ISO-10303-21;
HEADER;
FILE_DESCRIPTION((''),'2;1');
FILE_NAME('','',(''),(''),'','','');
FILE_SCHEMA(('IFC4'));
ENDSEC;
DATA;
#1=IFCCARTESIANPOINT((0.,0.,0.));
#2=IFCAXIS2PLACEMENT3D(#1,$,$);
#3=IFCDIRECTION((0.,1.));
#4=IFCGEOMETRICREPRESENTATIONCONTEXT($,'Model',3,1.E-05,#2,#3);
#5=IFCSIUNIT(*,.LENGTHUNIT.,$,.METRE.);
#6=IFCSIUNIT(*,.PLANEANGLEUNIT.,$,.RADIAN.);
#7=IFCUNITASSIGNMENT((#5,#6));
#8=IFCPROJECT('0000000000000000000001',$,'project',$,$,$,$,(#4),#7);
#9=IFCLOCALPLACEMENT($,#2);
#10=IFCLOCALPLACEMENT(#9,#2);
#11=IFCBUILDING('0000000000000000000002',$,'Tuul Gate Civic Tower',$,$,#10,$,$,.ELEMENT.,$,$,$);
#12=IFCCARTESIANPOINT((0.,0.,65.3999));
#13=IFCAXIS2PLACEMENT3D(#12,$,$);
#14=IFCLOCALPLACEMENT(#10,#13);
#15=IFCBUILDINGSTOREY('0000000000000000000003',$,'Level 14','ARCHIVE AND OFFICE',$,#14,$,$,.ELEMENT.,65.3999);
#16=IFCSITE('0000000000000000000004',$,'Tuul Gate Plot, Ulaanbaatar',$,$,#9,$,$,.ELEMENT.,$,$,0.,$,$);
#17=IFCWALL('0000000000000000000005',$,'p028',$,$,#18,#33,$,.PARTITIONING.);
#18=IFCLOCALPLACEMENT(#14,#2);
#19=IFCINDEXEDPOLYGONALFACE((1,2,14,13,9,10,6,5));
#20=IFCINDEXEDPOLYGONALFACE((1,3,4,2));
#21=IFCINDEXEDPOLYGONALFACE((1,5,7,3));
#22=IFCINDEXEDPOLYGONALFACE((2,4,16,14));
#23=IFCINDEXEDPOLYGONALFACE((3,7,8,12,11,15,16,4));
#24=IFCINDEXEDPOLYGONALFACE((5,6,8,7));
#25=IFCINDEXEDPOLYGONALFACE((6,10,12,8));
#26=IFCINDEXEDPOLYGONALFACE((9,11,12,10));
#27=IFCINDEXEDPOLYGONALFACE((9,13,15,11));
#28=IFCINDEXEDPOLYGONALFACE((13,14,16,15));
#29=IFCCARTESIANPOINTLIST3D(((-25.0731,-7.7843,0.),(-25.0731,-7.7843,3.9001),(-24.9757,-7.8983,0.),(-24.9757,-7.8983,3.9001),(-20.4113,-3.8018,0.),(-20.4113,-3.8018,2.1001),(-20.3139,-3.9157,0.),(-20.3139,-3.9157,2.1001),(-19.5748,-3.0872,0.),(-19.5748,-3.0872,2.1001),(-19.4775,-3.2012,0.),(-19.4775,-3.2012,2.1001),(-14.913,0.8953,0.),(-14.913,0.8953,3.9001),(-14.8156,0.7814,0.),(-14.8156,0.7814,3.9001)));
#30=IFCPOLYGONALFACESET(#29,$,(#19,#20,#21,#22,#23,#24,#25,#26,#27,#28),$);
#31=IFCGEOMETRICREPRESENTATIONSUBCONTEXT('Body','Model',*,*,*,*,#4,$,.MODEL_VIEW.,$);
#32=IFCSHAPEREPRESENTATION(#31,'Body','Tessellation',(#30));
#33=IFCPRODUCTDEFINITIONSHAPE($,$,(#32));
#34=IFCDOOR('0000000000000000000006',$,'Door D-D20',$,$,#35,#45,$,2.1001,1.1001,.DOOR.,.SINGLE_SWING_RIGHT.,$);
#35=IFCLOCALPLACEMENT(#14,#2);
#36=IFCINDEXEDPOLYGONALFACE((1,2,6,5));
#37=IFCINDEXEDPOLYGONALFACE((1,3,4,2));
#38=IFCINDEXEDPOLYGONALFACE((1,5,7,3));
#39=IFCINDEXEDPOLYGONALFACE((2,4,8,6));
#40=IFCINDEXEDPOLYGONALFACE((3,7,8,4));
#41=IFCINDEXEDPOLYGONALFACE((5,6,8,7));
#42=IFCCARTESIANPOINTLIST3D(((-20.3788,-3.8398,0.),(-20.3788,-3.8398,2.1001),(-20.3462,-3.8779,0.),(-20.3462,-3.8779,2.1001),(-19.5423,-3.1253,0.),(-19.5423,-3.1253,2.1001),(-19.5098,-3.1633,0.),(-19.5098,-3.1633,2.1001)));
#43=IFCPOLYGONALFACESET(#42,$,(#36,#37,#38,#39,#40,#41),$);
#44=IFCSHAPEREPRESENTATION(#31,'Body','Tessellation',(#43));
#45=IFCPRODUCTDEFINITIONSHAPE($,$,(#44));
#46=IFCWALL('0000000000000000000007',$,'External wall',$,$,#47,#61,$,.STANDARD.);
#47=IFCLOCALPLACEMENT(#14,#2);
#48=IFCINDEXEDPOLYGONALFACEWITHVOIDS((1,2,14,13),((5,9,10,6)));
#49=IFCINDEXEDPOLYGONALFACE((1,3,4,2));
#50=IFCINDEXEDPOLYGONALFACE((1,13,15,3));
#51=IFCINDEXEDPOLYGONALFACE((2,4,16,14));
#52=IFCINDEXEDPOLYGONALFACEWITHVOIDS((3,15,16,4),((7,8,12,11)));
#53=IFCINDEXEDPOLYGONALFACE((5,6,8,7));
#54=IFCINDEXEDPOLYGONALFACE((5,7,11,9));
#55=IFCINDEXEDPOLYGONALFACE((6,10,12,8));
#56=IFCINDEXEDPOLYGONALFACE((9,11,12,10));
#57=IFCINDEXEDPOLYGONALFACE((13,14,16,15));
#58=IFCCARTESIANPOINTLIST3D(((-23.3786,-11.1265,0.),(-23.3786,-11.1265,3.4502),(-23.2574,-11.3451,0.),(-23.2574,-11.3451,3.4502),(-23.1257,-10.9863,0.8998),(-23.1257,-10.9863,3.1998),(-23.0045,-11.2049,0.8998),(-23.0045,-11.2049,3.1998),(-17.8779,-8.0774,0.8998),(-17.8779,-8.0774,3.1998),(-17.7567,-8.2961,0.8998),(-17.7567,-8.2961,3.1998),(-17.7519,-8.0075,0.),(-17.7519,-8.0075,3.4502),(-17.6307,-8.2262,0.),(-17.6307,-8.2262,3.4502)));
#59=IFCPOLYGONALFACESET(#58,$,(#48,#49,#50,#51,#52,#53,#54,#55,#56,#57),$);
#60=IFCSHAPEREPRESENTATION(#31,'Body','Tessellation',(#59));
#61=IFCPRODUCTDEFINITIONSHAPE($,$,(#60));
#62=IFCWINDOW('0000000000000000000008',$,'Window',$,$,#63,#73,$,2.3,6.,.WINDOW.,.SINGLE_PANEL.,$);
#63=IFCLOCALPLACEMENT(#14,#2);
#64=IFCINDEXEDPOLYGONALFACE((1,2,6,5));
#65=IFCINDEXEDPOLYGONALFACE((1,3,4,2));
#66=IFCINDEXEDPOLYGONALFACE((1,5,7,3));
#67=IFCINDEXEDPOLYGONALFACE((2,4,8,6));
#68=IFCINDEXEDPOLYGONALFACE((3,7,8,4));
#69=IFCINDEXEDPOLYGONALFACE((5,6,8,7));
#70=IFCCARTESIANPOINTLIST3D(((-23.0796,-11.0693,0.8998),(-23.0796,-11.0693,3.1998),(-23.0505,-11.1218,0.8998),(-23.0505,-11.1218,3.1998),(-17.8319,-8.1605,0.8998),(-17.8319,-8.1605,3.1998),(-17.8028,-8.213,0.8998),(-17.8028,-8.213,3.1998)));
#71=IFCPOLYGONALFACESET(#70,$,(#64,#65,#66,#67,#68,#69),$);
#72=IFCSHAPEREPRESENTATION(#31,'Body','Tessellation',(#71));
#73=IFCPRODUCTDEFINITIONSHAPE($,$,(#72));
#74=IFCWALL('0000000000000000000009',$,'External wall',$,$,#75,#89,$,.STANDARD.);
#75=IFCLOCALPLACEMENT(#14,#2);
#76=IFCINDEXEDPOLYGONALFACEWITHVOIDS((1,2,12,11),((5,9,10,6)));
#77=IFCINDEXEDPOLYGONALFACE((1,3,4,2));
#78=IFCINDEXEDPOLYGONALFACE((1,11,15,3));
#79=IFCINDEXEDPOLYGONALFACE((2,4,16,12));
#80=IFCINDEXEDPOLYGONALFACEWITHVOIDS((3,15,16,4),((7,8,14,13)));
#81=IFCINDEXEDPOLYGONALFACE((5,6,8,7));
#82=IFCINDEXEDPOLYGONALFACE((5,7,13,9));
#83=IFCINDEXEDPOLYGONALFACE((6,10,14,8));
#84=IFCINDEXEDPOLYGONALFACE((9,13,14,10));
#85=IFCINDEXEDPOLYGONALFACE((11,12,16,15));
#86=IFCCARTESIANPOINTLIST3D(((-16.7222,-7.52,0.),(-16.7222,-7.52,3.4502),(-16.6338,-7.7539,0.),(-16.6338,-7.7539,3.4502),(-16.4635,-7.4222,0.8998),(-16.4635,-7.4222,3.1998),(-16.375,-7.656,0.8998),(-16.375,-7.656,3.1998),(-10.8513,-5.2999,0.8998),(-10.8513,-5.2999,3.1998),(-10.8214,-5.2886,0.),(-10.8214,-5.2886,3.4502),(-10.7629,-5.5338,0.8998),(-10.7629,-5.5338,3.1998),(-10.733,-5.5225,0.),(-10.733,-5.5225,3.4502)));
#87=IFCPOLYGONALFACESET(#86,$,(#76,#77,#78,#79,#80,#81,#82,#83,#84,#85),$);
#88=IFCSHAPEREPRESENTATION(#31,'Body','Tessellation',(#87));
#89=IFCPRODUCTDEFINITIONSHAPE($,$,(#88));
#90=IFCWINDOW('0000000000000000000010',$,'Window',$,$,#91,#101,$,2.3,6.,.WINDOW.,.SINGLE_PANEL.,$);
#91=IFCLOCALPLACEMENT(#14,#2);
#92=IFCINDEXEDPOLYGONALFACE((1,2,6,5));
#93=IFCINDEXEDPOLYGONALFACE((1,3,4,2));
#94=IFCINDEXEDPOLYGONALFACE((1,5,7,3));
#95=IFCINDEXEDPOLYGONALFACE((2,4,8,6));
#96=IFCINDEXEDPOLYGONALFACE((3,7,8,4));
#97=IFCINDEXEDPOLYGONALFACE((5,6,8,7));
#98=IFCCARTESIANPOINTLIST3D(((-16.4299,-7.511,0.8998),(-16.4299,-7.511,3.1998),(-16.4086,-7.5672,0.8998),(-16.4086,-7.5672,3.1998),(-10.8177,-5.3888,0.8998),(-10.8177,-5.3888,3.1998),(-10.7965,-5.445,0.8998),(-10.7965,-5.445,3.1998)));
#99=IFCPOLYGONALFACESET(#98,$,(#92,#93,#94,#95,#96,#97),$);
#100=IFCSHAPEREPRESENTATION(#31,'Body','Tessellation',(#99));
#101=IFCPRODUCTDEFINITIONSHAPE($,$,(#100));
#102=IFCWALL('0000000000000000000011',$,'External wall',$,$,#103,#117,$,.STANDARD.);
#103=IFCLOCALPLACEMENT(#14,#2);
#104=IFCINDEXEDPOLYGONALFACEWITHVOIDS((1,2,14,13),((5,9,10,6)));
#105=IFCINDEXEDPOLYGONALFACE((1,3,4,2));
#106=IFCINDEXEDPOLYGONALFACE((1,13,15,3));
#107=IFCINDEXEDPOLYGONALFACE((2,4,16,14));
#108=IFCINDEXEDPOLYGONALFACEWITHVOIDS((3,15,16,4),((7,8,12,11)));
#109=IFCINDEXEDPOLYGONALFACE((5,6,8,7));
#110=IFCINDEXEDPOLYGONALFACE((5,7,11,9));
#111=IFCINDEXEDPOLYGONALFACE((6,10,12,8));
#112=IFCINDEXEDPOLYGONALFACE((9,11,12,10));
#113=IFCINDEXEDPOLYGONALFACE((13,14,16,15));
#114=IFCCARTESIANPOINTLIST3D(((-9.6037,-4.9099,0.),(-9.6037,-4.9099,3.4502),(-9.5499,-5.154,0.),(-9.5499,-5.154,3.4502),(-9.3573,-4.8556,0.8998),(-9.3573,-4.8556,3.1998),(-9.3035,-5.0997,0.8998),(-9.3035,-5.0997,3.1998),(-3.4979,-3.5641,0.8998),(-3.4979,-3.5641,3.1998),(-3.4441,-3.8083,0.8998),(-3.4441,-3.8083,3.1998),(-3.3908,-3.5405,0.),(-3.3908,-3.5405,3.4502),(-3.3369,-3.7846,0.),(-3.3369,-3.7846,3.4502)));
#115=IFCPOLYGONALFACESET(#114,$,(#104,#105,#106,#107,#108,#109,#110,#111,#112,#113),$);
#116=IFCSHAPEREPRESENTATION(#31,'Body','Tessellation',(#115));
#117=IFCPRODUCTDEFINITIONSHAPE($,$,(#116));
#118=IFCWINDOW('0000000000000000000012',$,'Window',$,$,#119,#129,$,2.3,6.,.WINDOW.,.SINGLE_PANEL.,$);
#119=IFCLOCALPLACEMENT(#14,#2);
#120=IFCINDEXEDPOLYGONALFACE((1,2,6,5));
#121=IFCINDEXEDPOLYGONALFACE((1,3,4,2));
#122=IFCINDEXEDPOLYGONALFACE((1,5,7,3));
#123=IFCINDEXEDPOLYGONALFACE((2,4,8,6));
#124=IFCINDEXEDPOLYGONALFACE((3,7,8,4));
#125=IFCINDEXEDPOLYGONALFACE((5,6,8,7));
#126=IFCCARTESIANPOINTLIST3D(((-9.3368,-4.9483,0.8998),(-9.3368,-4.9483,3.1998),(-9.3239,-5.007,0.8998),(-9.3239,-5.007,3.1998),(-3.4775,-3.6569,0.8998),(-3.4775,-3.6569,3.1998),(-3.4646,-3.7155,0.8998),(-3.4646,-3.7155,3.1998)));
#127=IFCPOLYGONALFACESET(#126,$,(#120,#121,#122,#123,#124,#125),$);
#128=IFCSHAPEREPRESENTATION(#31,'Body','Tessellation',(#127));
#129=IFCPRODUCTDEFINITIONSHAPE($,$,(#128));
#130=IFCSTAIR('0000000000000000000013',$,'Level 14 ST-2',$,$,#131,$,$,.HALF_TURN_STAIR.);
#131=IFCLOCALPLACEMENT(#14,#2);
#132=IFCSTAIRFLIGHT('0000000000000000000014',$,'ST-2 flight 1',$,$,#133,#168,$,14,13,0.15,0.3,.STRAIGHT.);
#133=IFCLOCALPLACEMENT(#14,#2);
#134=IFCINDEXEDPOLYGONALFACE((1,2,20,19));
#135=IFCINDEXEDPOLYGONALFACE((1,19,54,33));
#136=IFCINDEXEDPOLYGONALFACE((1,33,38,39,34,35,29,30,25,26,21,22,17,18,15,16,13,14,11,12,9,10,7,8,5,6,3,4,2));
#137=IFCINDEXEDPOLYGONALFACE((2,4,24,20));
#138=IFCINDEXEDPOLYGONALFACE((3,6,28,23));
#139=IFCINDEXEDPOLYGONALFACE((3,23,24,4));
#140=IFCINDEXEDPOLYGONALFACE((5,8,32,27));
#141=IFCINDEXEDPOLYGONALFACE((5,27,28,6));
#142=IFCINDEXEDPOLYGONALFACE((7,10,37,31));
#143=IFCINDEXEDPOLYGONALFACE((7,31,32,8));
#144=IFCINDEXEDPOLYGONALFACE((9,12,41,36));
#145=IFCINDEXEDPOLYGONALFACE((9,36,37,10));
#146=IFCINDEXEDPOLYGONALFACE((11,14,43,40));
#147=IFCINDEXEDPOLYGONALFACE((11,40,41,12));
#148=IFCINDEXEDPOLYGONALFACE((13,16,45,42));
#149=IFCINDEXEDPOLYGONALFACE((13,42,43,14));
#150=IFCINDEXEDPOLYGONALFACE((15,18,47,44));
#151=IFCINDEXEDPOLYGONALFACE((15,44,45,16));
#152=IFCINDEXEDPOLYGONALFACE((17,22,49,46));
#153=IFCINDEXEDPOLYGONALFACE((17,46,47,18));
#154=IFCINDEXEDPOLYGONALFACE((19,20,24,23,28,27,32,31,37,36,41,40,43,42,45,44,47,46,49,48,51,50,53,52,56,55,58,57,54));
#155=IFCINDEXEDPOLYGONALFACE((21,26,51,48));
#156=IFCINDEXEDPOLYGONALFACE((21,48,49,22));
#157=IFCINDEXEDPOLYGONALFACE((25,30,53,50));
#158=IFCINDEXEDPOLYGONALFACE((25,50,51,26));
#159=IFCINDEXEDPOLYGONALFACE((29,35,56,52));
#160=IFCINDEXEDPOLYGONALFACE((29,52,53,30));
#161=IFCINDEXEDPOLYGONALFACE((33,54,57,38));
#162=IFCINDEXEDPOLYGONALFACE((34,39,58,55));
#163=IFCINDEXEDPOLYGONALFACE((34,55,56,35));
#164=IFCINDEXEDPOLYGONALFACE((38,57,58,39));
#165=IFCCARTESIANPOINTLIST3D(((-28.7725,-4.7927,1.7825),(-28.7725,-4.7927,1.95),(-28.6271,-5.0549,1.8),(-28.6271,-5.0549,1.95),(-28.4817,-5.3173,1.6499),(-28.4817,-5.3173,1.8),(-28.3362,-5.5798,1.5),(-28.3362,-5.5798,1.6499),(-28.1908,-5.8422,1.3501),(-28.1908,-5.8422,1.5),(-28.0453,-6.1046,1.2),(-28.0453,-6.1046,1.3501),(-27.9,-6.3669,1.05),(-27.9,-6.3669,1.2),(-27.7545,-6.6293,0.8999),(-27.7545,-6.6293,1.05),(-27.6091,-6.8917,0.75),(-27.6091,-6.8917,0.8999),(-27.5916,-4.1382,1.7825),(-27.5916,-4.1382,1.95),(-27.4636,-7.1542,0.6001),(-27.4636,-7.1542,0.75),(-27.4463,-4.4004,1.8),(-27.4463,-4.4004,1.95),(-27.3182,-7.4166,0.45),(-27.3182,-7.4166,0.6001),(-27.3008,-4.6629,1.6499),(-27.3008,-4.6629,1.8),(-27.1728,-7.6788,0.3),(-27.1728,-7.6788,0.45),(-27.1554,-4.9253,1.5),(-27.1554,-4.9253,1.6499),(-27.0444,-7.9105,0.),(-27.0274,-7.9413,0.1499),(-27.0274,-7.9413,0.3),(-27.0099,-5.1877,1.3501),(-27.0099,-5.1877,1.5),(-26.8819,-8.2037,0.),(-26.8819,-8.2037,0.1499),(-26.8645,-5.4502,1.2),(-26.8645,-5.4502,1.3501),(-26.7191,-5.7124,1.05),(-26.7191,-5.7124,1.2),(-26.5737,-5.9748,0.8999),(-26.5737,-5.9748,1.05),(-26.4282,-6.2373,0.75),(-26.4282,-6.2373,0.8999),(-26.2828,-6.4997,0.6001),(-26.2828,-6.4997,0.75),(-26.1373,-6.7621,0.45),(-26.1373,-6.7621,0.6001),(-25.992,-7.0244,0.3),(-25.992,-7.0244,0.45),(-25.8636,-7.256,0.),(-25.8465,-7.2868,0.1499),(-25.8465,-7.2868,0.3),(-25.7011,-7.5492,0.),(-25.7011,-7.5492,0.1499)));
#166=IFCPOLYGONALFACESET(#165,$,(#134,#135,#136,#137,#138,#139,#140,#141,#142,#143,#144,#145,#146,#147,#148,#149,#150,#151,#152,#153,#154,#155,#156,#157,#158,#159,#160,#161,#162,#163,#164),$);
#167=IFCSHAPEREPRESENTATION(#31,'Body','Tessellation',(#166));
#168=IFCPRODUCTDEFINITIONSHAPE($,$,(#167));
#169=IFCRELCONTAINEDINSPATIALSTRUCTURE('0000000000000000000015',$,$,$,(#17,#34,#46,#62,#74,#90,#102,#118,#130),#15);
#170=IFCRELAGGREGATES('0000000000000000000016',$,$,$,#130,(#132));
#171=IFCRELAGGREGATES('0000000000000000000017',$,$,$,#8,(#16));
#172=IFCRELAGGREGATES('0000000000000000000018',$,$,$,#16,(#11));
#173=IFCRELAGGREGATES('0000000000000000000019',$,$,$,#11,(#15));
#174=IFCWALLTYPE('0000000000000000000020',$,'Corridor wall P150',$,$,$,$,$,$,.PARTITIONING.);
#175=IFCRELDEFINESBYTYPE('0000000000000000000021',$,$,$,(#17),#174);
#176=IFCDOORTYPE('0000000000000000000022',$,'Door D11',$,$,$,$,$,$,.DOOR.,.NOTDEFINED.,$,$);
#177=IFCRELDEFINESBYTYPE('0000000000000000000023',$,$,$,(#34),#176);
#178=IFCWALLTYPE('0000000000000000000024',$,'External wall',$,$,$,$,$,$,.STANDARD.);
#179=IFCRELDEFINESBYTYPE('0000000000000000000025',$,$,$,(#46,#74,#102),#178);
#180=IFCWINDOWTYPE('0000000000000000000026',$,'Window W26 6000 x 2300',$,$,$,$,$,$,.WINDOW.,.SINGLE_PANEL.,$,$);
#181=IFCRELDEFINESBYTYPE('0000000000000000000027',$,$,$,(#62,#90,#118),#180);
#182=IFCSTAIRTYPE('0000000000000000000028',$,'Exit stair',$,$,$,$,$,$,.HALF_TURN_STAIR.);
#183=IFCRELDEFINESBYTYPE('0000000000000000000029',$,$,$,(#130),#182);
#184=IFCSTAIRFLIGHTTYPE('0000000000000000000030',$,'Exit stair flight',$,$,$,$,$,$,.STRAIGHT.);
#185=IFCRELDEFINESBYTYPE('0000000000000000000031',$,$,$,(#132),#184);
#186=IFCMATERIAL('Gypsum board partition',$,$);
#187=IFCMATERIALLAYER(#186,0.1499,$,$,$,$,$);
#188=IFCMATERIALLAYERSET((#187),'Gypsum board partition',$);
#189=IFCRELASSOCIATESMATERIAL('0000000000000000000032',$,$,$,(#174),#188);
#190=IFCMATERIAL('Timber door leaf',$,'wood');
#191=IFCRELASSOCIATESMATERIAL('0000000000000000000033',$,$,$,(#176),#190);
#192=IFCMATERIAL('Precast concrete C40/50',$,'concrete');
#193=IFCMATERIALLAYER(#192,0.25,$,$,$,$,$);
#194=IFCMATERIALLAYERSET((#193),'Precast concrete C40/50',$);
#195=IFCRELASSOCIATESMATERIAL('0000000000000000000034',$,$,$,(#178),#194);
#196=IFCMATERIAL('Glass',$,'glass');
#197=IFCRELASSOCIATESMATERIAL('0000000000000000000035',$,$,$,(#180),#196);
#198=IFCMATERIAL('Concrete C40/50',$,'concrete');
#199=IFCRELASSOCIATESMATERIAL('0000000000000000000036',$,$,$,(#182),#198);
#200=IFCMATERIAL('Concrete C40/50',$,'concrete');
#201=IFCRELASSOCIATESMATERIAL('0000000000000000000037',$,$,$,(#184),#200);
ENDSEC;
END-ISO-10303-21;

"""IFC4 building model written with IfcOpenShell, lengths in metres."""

from ifc_helpers import new_model, si_unit, direction, frame, frame_2d, origin, place, context, subcontext, project, spatial, polyline, rectangle, outline, extrude, material, layer, layer_set, type_object, element, fill, aggregate, save


model = new_model("IFC4")

# Units and contexts
model_context = context("Model", 3, precision=1e-05, world=origin(), true_north=direction((0.0, 1.0)))
body_context = subcontext(model_context, "Body", "Model", "MODEL_VIEW")
ifc_project = project(units=[si_unit("LENGTHUNIT", "METRE"), si_unit("PLANEANGLEUNIT", "RADIAN")], contexts=[model_context])

# Site, building, storey
site_placement = place(None, origin())
site = spatial("IfcSite", under=ifc_project, at=site_placement, Name="Tuul Gate Plot, Ulaanbaatar", CompositionType="ELEMENT", RefElevation=0.0)
building_placement = place(site_placement, origin())
building = spatial("IfcBuilding", under=site, at=building_placement, Name="Tuul Gate Civic Tower", CompositionType="ELEMENT")
storey_placement = place(building_placement, frame((0.0, 0.0, 65.3999)))
storey = spatial("IfcBuildingStorey", under=building, at=storey_placement, Name="Level 14", Description="ARCHIVE AND OFFICE", CompositionType="ELEMENT", Elevation=65.3999)

# Wall, opening, door
ifc_material_1 = material(Name="Gypsum board partition")
ifc_layer_1 = layer(ifc_material_1, 0.1499)
ifc_layer_set_1 = layer_set([ifc_layer_1], Name="Gypsum board partition")
wall_type_1 = type_object("IfcWallType", Name="Corridor wall P150", PredefinedType="PARTITIONING", material=ifc_layer_set_1)
wall_1_placement = place(storey_placement, frame((-25.0244, -7.8413, 0.0), z_axis=(0.0, 0.0, 1.0), x_axis=(0.760329, 0.649539, 0.0)))
wall_1 = element("IfcWall", 1, at=wall_1_placement, inside=storey, type_object=wall_type_1, Name="p028", PredefinedType="PARTITIONING", context=body_context, shape_type="SweptSolid", body=[
    extrude(rectangle(XDim=13.3628, YDim=0.1499, at=frame_2d((6.6814, 0.0))), origin(), (0.0, 0.0, 1.0), 3.9001),
])
opening_1_placement = place(wall_1_placement, frame((6.1313, 0.0, 0.0)))
opening_1 = element("IfcOpeningElement", 2, at=opening_1_placement, cuts=wall_1, PredefinedType="OPENING", context=body_context, shape_type="SweptSolid", body=[
    extrude(rectangle(XDim=1.1001, YDim=2.1001, at=frame_2d((0.55, 1.05))), frame((0.0, 0.085, 0.0), z_axis=(0.0, -1.0, 0.0), x_axis=(1.0, 0.0, 0.0)), (0.0, 0.0, 1.0), 0.1699),
])
ifc_material_2 = material(Name="Timber door leaf", Category="wood")
door_type = type_object("IfcDoorType", Name="Door D11", OperationType="NOTDEFINED", PredefinedType="DOOR", material=ifc_material_2)
door_placement = place(opening_1_placement, origin())
door = element("IfcDoor", 3, at=door_placement, inside=storey, type_object=door_type, Name="Door D-D20", OperationType="SINGLE_SWING_RIGHT", OverallHeight=2.1001, OverallWidth=1.1001, PredefinedType="DOOR", context=body_context, shape_type="SweptSolid", body=[
    extrude(rectangle(XDim=1.1001, YDim=2.1001, at=frame_2d((0.55, 1.05))), frame((0.0, 0.0249, 0.0), z_axis=(0.0, -1.0, 0.0), x_axis=(1.0, 0.0, 0.0)), (0.0, 0.0, 1.0), 0.05),
])
fill(opening_1, door)

# Walls, openings, windows
ifc_material_3 = material(Name="Precast concrete C40/50", Category="concrete")
ifc_layer_2 = layer(ifc_material_3, 0.25)
ifc_layer_set_2 = layer_set([ifc_layer_2], Name="Precast concrete C40/50")
wall_type_2 = type_object("IfcWallType", Name="External wall", PredefinedType="STANDARD", material=ifc_layer_set_2)
wall_2_placement = place(storey_placement, frame((-23.3181, -11.2358, 0.0), z_axis=(0.0, 0.0, 1.0), x_axis=(0.874622, 0.484805, 0.0)))
wall_2 = element("IfcWall", 4, at=wall_2_placement, inside=storey, type_object=wall_type_2, Name="External wall", PredefinedType="STANDARD", context=body_context, shape_type="SweptSolid", body=[
    extrude(rectangle(XDim=6.4333, YDim=0.25, at=frame_2d((3.2168, 0.0))), origin(), (0.0, 0.0, 1.0), 3.4502),
])
opening_2_placement = place(wall_2_placement, frame((0.2893, 0.0, 0.8999)))
opening_2 = element("IfcOpeningElement", 5, at=opening_2_placement, cuts=wall_2, PredefinedType="OPENING", context=body_context, shape_type="SweptSolid", body=[
    extrude(rectangle(XDim=6.0, YDim=2.3, at=frame_2d((3.0, 1.1499))), frame((0.0, 0.135, 0.0), z_axis=(0.0, -1.0, 0.0), x_axis=(1.0, 0.0, 0.0)), (0.0, 0.0, 1.0), 0.27),
])
ifc_material_4 = material(Name="Glass", Category="glass")
window_type = type_object("IfcWindowType", Name="Window W26 6000 x 2300", PartitioningType="SINGLE_PANEL", PredefinedType="WINDOW", material=ifc_material_4)
window_1_placement = place(opening_2_placement, origin())
window_1 = element("IfcWindow", 6, at=window_1_placement, inside=storey, type_object=window_type, Name="Window", OverallHeight=2.3, OverallWidth=6.0, PartitioningType="SINGLE_PANEL", PredefinedType="WINDOW", context=body_context, shape_type="SweptSolid", body=[
    extrude(rectangle(XDim=6.0, YDim=2.3, at=frame_2d((3.0, 1.1499))), frame((0.0, 0.03, 0.0), z_axis=(0.0, -1.0, 0.0), x_axis=(1.0, 0.0, 0.0)), (0.0, 0.0, 1.0), 0.0601),
])
fill(opening_2, window_1)
wall_3_placement = place(storey_placement, frame((-16.678, -7.637, 0.0), z_axis=(0.0, 0.0, 1.0), x_axis=(0.935355, 0.353709, 0.0)))
wall_3 = element("IfcWall", 7, at=wall_3_placement, inside=storey, type_object=wall_type_2, Name="External wall", PredefinedType="STANDARD", context=body_context, shape_type="SweptSolid", body=[
    extrude(rectangle(XDim=6.3086, YDim=0.25, at=frame_2d((3.1543, 0.0))), origin(), (0.0, 0.0, 1.0), 3.4502),
])
opening_3_placement = place(wall_3_placement, frame((0.2766, 0.0, 0.8999)))
opening_3 = element("IfcOpeningElement", 8, at=opening_3_placement, cuts=wall_3, PredefinedType="OPENING", context=body_context, shape_type="SweptSolid", body=[
    extrude(rectangle(XDim=6.0, YDim=2.3, at=frame_2d((3.0, 1.1499))), frame((0.0, 0.135, 0.0), z_axis=(0.0, -1.0, 0.0), x_axis=(1.0, 0.0, 0.0)), (0.0, 0.0, 1.0), 0.27),
])
window_2_placement = place(opening_3_placement, origin())
window_2 = element("IfcWindow", 9, at=window_2_placement, inside=storey, type_object=window_type, Name="Window", OverallHeight=2.3, OverallWidth=6.0, PartitioningType="SINGLE_PANEL", PredefinedType="WINDOW", context=body_context, shape_type="SweptSolid", body=[
    extrude(rectangle(XDim=6.0, YDim=2.3, at=frame_2d((3.0, 1.1499))), frame((0.0, 0.03, 0.0), z_axis=(0.0, -1.0, 0.0), x_axis=(1.0, 0.0, 0.0)), (0.0, 0.0, 1.0), 0.0601),
])
fill(opening_3, window_2)
wall_4_placement = place(storey_placement, frame((-9.5769, -5.032, 0.0), z_axis=(0.0, 0.0, 1.0), x_axis=(0.97656, 0.215244, 0.0)))
wall_4 = element("IfcWall", 10, at=wall_4_placement, inside=storey, type_object=wall_type_2, Name="External wall", PredefinedType="STANDARD", context=body_context, shape_type="SweptSolid", body=[
    extrude(rectangle(XDim=6.3621, YDim=0.25, at=frame_2d((3.1812, 0.0))), origin(), (0.0, 0.0, 1.0), 3.4502),
])
opening_4_placement = place(wall_4_placement, frame((0.2524, 0.0, 0.8999)))
opening_4 = element("IfcOpeningElement", 11, at=opening_4_placement, cuts=wall_4, PredefinedType="OPENING", context=body_context, shape_type="SweptSolid", body=[
    extrude(rectangle(XDim=6.0, YDim=2.3, at=frame_2d((3.0, 1.1499))), frame((0.0, 0.135, 0.0), z_axis=(0.0, -1.0, 0.0), x_axis=(1.0, 0.0, 0.0)), (0.0, 0.0, 1.0), 0.27),
])
window_3_placement = place(opening_4_placement, origin())
window_3 = element("IfcWindow", 12, at=window_3_placement, inside=storey, type_object=window_type, Name="Window", OverallHeight=2.3, OverallWidth=6.0, PartitioningType="SINGLE_PANEL", PredefinedType="WINDOW", context=body_context, shape_type="SweptSolid", body=[
    extrude(rectangle(XDim=6.0, YDim=2.3, at=frame_2d((3.0, 1.1499))), frame((0.0, 0.03, 0.0), z_axis=(0.0, -1.0, 0.0), x_axis=(1.0, 0.0, 0.0)), (0.0, 0.0, 1.0), 0.0601),
])
fill(opening_4, window_3)

# Stair, stair flight
ifc_material_5 = material(Name="Concrete C40/50", Category="concrete")
stair_type = type_object("IfcStairType", Name="Exit stair", PredefinedType="HALF_TURN_STAIR", material=ifc_material_5)
stair_placement = place(storey_placement, origin())
stair = element("IfcStair", 13, at=stair_placement, inside=storey, type_object=stair_type, Name="Level 14 ST-2", PredefinedType="HALF_TURN_STAIR")
ifc_material_6 = material(Name="Concrete C40/50", Category="concrete")
stair_flight_type = type_object("IfcStairFlightType", Name="Exit stair flight", PredefinedType="STRAIGHT", material=ifc_material_6)
stair_flight_placement = place(storey_placement, frame((-26.2915, -7.8765, 0.0), z_axis=(0.0, 0.0, 1.0), x_axis=(-0.484762, 0.874646, 0.0)))
stair_flight = element("IfcStairFlight", 14, at=stair_flight_placement, type_object=stair_flight_type, Name="ST-2 flight 1", NumberOfRisers=14, NumberOfTreads=13, PredefinedType="STRAIGHT", RiserHeight=0.15, TreadLength=0.3, context=body_context, shape_type="SweptSolid", body=[
    extrude(outline(polyline([(0.0, 0.0), (0.0, 0.1499), (0.3, 0.1499), (0.3, 0.3), (0.6001, 0.3), (0.6001, 0.45), (0.8999, 0.45), (0.8999, 0.6001), (1.2, 0.6001), (1.2, 0.75), (1.5, 0.75), (1.5, 0.8999), (1.8, 0.8999), (1.8, 1.05), (2.1001, 1.05), (2.1001, 1.2), (2.3999, 1.2), (2.3999, 1.3501), (2.7, 1.3501), (2.7, 1.5), (3.0, 1.5), (3.0, 1.6499), (3.3, 1.6499), (3.3, 1.8), (3.6001, 1.8), (3.6001, 1.95), (3.8999, 1.95), (3.8999, 2.1001), (3.8999, 1.7825), (0.3352, 0.0), (0.0, 0.0)])), frame((0.0, 0.675, 0.0), z_axis=(0.0, -1.0, 0.0), x_axis=(1.0, 0.0, 0.0)), (0.0, 0.0, 1.0), 1.3501),
])
aggregate(stair, [stair_flight])

save(model, "model.ifc")
